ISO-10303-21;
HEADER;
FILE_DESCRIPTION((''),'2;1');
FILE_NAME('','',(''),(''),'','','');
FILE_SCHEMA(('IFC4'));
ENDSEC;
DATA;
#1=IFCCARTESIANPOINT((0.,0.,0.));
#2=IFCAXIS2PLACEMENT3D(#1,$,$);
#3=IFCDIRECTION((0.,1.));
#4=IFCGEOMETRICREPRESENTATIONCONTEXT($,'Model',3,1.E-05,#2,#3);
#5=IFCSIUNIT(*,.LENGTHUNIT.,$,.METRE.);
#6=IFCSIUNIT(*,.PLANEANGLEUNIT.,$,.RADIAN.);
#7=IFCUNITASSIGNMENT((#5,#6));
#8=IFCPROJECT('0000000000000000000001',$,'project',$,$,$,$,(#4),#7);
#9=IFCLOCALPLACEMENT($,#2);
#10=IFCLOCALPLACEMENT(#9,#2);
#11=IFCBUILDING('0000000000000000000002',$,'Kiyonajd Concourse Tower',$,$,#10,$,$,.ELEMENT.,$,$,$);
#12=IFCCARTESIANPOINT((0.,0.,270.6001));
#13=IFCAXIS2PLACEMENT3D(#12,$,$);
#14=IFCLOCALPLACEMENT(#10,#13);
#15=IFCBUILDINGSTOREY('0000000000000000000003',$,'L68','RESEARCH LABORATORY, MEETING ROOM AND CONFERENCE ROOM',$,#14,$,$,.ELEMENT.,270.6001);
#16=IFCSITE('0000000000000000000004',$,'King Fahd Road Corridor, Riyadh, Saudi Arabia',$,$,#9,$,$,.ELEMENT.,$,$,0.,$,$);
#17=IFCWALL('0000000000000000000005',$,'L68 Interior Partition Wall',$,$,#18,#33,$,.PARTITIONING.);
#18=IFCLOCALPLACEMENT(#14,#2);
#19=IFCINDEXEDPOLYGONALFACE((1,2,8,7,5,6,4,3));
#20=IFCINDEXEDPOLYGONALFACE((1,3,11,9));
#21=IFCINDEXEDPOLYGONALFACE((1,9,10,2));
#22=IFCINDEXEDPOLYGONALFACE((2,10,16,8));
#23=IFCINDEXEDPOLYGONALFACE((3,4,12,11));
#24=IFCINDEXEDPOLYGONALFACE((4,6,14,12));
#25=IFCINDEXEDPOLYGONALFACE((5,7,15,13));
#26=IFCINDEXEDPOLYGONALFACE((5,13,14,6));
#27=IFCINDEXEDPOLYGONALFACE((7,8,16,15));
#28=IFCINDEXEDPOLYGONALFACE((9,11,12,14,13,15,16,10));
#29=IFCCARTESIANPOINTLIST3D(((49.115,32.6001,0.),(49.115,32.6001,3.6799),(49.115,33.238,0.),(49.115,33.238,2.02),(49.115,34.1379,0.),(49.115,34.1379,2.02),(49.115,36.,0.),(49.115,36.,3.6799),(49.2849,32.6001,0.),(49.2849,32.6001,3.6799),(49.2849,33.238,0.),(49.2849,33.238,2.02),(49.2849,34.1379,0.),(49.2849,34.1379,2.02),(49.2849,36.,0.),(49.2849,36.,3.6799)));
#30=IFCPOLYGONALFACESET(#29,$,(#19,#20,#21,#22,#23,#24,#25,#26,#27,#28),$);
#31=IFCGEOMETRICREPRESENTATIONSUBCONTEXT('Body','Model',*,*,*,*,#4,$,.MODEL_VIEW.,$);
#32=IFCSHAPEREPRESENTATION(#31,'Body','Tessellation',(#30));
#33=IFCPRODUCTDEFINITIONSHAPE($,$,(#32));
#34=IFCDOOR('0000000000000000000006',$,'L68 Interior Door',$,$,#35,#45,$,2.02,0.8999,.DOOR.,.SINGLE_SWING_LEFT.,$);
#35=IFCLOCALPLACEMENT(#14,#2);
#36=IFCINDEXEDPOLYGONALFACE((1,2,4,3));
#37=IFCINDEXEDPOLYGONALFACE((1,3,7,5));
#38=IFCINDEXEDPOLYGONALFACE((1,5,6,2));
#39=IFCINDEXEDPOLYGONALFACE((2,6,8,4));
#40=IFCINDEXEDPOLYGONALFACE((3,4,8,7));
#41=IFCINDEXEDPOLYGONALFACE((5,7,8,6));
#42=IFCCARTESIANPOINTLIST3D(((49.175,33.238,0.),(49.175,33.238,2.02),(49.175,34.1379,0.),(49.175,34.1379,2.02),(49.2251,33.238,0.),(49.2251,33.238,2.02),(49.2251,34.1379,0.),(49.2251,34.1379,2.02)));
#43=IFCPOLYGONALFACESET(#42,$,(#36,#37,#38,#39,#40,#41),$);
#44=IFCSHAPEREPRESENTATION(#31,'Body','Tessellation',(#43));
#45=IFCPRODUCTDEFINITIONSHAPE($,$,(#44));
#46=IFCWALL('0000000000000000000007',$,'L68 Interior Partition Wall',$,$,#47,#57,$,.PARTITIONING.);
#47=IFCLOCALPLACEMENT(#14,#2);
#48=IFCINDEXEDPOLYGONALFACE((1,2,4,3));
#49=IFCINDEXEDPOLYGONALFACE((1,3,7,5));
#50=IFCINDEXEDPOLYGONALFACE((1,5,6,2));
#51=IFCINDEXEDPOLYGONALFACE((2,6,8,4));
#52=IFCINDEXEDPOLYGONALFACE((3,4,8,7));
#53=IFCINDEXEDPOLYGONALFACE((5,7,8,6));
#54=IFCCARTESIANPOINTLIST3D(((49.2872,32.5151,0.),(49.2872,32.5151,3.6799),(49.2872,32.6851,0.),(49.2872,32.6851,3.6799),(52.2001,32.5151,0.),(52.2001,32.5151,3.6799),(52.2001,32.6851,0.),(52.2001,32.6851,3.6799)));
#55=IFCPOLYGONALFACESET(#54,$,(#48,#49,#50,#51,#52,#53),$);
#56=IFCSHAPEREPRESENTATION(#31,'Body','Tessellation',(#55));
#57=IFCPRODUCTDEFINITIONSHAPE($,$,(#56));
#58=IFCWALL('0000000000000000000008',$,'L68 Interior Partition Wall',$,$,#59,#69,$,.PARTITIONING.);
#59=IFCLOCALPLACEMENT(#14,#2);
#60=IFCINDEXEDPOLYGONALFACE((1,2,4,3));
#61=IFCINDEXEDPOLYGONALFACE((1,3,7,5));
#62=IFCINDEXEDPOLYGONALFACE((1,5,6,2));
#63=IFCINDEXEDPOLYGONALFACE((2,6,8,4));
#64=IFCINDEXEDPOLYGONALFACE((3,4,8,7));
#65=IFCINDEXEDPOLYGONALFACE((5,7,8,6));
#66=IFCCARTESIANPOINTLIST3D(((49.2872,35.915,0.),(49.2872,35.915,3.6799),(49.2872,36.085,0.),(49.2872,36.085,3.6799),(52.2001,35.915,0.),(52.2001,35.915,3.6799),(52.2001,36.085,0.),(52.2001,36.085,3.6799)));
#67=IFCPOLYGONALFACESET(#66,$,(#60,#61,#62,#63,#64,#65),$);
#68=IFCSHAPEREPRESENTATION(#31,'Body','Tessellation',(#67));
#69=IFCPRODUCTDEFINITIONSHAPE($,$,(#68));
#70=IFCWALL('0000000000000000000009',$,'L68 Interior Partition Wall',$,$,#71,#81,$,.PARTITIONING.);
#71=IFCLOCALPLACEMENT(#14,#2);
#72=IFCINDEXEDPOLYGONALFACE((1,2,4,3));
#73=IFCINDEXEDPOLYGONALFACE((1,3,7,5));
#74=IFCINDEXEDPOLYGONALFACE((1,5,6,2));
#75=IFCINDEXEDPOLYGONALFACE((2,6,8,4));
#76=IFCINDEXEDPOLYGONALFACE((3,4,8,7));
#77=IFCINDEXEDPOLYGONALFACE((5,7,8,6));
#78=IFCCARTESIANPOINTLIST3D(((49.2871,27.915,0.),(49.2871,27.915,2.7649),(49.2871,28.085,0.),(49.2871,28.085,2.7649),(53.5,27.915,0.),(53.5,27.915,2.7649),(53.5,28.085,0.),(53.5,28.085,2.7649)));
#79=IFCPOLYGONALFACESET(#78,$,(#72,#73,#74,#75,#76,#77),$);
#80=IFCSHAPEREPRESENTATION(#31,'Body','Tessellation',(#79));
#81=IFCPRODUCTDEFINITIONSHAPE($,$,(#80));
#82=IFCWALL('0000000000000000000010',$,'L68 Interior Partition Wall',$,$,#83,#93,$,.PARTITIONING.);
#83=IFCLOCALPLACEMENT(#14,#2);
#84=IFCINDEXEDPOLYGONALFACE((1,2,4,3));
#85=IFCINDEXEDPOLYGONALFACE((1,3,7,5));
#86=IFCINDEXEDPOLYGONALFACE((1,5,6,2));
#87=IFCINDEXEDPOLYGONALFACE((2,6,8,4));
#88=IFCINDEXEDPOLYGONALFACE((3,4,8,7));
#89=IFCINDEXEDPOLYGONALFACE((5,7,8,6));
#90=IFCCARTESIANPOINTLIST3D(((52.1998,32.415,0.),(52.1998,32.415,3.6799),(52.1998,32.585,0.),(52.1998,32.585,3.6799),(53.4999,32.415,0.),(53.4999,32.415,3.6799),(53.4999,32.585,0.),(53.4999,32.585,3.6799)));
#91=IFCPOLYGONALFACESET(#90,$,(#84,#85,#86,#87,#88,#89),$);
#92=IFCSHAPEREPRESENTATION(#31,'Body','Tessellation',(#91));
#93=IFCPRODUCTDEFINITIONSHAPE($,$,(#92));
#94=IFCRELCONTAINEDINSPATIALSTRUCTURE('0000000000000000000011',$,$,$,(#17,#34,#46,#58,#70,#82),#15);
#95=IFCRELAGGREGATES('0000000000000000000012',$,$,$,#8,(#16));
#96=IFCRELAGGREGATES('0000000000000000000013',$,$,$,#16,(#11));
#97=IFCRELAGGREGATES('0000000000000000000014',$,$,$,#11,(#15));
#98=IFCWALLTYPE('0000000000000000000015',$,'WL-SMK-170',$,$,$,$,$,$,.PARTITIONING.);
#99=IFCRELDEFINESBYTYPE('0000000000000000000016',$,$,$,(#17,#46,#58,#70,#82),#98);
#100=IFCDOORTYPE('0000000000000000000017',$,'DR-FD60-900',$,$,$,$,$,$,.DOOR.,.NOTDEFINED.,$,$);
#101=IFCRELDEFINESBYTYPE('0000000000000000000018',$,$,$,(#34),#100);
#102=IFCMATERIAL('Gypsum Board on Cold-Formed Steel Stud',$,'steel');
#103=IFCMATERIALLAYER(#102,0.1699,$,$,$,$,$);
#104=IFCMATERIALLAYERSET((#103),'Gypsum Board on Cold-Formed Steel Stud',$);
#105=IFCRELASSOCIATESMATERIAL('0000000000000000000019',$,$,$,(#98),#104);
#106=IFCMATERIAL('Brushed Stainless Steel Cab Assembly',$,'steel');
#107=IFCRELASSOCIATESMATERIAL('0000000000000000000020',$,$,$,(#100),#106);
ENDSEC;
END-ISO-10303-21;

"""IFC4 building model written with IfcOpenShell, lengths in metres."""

from ifc_helpers import new_model, si_unit, direction, frame, frame_2d, origin, place, context, subcontext, project, spatial, rectangle, extrude, material, layer, layer_set, type_object, element, fill, save


model = new_model("IFC4")

# Units and contexts
model_context = context("Model", 3, precision=1e-05, world=origin(), true_north=direction((0.0, 1.0)))
body_context = subcontext(model_context, "Body", "Model", "MODEL_VIEW")
ifc_project = project(units=[si_unit("LENGTHUNIT", "METRE"), si_unit("PLANEANGLEUNIT", "RADIAN")], contexts=[model_context])

# Site, building, storey
site_placement = place(None, origin())
site = spatial("IfcSite", under=ifc_project, at=site_placement, Name="King Fahd Road Corridor, Riyadh, Saudi Arabia", CompositionType="ELEMENT", RefElevation=0.0)
building_placement = place(site_placement, origin())
building = spatial("IfcBuilding", under=site, at=building_placement, Name="Kiyonajd Concourse Tower", CompositionType="ELEMENT")
storey_placement = place(building_placement, frame((0.0, 0.0, 270.6001)))
storey = spatial("IfcBuildingStorey", under=building, at=storey_placement, Name="L68", Description="RESEARCH LABORATORY, MEETING ROOM AND CONFERENCE ROOM", CompositionType="ELEMENT", Elevation=270.6001)

# Shared definitions
ifc_material_1 = material(Name="Gypsum Board on Cold-Formed Steel Stud", Category="steel")

# Shared definitions
ifc_material_2 = material(Name="Brushed Stainless Steel Cab Assembly", Category="steel")

# Shared definitions
ifc_layer_1 = layer(ifc_material_1, 0.1699)
ifc_layer_set_1 = layer_set([ifc_layer_1], Name="Gypsum Board on Cold-Formed Steel Stud")
wall_type_1 = type_object("IfcWallType", Name="WL-SMK-170", PredefinedType="PARTITIONING", material=ifc_layer_set_1)

# Wall, opening, door
wall_1_placement = place(storey_placement, frame((49.2, 32.6001, 0.0), z_axis=(0.0, 0.0, 1.0), x_axis=(0.0, 1.0, 0.0)))
wall_1 = element("IfcWall", 1, at=wall_1_placement, inside=storey, type_object=wall_type_1, Name="L68 Interior Partition Wall", PredefinedType="PARTITIONING", context=body_context, shape_type="SweptSolid", body=[
    extrude(rectangle(XDim=3.3999, YDim=0.1699, at=frame_2d((1.7, 0.0))), origin(), (0.0, 0.0, 1.0), 3.6799),
])
opening_1_placement = place(wall_1_placement, frame((0.6379, 0.0, 0.0)))
opening_1 = element("IfcOpeningElement", 2, at=opening_1_placement, cuts=wall_1, PredefinedType="OPENING", context=body_context, shape_type="SweptSolid", body=[
    extrude(rectangle(XDim=0.8999, YDim=2.02, at=frame_2d((0.45, 1.01))), frame((0.0, 0.095, 0.0), z_axis=(0.0, -1.0, 0.0), x_axis=(1.0, 0.0, 0.0)), (0.0, 0.0, 1.0), 0.1899),
])
door_type_1 = type_object("IfcDoorType", Name="DR-FD60-900", OperationType="NOTDEFINED", PredefinedType="DOOR", material=ifc_material_2)
door_1_placement = place(opening_1_placement, origin())
door_1 = element("IfcDoor", 3, at=door_1_placement, inside=storey, type_object=door_type_1, Name="L68 Interior Door", OperationType="SINGLE_SWING_LEFT", OverallHeight=2.02, OverallWidth=0.8999, PredefinedType="DOOR", context=body_context, shape_type="SweptSolid", body=[
    extrude(rectangle(XDim=0.8999, YDim=2.02, at=frame_2d((0.45, 1.01))), frame((0.0, 0.0249, 0.0), z_axis=(0.0, -1.0, 0.0), x_axis=(1.0, 0.0, 0.0)), (0.0, 0.0, 1.0), 0.05),
])
fill(opening_1, door_1)

# Walls
for number, where, z_axis, x_axis, name in (
    (4, (49.2871, 32.6001, 0.0), (0.0, 0.0, 1.0), (1.0, 0.0, 0.0), "L68 Interior Partition Wall"),
    (5, (49.2871, 36.0, 0.0), (0.0, 0.0, 1.0), (1.0, 0.0, 0.0), "L68 Interior Partition Wall"),
):
    element("IfcWall", number, at=place(storey_placement, frame(where, z_axis=z_axis, x_axis=x_axis)), inside=storey, type_object=wall_type_1, Name=name, PredefinedType="PARTITIONING", context=body_context, shape_type="SweptSolid", body=[
        extrude(rectangle(XDim=2.9128, YDim=0.1699, at=frame_2d((1.4565, 0.0))), origin(), (0.0, 0.0, 1.0), 3.6799),
    ])
wall_2_placement = place(storey_placement, frame((49.2871, 28.0, 0.0), z_axis=(0.0, 0.0, 1.0), x_axis=(1.0, 0.0, 0.0)))
element("IfcWall", 6, at=wall_2_placement, inside=storey, type_object=wall_type_1, Name="L68 Interior Partition Wall", PredefinedType="PARTITIONING", context=body_context, shape_type="SweptSolid", body=[
    extrude(rectangle(XDim=4.2129, YDim=0.1699, at=frame_2d((2.1064, 0.0))), origin(), (0.0, 0.0, 1.0), 2.7649),
])
wall_3_placement = place(storey_placement, frame((52.2, 32.5, 0.0), z_axis=(0.0, 0.0, 1.0), x_axis=(1.0, 0.0, 0.0)))
element("IfcWall", 7, at=wall_3_placement, inside=storey, type_object=wall_type_1, Name="L68 Interior Partition Wall", PredefinedType="PARTITIONING", context=body_context, shape_type="SweptSolid", body=[
    extrude(rectangle(XDim=1.3, YDim=0.1699, at=frame_2d((0.6499, 0.0))), origin(), (0.0, 0.0, 1.0), 3.6799),
])

save(model, "model.ifc")
